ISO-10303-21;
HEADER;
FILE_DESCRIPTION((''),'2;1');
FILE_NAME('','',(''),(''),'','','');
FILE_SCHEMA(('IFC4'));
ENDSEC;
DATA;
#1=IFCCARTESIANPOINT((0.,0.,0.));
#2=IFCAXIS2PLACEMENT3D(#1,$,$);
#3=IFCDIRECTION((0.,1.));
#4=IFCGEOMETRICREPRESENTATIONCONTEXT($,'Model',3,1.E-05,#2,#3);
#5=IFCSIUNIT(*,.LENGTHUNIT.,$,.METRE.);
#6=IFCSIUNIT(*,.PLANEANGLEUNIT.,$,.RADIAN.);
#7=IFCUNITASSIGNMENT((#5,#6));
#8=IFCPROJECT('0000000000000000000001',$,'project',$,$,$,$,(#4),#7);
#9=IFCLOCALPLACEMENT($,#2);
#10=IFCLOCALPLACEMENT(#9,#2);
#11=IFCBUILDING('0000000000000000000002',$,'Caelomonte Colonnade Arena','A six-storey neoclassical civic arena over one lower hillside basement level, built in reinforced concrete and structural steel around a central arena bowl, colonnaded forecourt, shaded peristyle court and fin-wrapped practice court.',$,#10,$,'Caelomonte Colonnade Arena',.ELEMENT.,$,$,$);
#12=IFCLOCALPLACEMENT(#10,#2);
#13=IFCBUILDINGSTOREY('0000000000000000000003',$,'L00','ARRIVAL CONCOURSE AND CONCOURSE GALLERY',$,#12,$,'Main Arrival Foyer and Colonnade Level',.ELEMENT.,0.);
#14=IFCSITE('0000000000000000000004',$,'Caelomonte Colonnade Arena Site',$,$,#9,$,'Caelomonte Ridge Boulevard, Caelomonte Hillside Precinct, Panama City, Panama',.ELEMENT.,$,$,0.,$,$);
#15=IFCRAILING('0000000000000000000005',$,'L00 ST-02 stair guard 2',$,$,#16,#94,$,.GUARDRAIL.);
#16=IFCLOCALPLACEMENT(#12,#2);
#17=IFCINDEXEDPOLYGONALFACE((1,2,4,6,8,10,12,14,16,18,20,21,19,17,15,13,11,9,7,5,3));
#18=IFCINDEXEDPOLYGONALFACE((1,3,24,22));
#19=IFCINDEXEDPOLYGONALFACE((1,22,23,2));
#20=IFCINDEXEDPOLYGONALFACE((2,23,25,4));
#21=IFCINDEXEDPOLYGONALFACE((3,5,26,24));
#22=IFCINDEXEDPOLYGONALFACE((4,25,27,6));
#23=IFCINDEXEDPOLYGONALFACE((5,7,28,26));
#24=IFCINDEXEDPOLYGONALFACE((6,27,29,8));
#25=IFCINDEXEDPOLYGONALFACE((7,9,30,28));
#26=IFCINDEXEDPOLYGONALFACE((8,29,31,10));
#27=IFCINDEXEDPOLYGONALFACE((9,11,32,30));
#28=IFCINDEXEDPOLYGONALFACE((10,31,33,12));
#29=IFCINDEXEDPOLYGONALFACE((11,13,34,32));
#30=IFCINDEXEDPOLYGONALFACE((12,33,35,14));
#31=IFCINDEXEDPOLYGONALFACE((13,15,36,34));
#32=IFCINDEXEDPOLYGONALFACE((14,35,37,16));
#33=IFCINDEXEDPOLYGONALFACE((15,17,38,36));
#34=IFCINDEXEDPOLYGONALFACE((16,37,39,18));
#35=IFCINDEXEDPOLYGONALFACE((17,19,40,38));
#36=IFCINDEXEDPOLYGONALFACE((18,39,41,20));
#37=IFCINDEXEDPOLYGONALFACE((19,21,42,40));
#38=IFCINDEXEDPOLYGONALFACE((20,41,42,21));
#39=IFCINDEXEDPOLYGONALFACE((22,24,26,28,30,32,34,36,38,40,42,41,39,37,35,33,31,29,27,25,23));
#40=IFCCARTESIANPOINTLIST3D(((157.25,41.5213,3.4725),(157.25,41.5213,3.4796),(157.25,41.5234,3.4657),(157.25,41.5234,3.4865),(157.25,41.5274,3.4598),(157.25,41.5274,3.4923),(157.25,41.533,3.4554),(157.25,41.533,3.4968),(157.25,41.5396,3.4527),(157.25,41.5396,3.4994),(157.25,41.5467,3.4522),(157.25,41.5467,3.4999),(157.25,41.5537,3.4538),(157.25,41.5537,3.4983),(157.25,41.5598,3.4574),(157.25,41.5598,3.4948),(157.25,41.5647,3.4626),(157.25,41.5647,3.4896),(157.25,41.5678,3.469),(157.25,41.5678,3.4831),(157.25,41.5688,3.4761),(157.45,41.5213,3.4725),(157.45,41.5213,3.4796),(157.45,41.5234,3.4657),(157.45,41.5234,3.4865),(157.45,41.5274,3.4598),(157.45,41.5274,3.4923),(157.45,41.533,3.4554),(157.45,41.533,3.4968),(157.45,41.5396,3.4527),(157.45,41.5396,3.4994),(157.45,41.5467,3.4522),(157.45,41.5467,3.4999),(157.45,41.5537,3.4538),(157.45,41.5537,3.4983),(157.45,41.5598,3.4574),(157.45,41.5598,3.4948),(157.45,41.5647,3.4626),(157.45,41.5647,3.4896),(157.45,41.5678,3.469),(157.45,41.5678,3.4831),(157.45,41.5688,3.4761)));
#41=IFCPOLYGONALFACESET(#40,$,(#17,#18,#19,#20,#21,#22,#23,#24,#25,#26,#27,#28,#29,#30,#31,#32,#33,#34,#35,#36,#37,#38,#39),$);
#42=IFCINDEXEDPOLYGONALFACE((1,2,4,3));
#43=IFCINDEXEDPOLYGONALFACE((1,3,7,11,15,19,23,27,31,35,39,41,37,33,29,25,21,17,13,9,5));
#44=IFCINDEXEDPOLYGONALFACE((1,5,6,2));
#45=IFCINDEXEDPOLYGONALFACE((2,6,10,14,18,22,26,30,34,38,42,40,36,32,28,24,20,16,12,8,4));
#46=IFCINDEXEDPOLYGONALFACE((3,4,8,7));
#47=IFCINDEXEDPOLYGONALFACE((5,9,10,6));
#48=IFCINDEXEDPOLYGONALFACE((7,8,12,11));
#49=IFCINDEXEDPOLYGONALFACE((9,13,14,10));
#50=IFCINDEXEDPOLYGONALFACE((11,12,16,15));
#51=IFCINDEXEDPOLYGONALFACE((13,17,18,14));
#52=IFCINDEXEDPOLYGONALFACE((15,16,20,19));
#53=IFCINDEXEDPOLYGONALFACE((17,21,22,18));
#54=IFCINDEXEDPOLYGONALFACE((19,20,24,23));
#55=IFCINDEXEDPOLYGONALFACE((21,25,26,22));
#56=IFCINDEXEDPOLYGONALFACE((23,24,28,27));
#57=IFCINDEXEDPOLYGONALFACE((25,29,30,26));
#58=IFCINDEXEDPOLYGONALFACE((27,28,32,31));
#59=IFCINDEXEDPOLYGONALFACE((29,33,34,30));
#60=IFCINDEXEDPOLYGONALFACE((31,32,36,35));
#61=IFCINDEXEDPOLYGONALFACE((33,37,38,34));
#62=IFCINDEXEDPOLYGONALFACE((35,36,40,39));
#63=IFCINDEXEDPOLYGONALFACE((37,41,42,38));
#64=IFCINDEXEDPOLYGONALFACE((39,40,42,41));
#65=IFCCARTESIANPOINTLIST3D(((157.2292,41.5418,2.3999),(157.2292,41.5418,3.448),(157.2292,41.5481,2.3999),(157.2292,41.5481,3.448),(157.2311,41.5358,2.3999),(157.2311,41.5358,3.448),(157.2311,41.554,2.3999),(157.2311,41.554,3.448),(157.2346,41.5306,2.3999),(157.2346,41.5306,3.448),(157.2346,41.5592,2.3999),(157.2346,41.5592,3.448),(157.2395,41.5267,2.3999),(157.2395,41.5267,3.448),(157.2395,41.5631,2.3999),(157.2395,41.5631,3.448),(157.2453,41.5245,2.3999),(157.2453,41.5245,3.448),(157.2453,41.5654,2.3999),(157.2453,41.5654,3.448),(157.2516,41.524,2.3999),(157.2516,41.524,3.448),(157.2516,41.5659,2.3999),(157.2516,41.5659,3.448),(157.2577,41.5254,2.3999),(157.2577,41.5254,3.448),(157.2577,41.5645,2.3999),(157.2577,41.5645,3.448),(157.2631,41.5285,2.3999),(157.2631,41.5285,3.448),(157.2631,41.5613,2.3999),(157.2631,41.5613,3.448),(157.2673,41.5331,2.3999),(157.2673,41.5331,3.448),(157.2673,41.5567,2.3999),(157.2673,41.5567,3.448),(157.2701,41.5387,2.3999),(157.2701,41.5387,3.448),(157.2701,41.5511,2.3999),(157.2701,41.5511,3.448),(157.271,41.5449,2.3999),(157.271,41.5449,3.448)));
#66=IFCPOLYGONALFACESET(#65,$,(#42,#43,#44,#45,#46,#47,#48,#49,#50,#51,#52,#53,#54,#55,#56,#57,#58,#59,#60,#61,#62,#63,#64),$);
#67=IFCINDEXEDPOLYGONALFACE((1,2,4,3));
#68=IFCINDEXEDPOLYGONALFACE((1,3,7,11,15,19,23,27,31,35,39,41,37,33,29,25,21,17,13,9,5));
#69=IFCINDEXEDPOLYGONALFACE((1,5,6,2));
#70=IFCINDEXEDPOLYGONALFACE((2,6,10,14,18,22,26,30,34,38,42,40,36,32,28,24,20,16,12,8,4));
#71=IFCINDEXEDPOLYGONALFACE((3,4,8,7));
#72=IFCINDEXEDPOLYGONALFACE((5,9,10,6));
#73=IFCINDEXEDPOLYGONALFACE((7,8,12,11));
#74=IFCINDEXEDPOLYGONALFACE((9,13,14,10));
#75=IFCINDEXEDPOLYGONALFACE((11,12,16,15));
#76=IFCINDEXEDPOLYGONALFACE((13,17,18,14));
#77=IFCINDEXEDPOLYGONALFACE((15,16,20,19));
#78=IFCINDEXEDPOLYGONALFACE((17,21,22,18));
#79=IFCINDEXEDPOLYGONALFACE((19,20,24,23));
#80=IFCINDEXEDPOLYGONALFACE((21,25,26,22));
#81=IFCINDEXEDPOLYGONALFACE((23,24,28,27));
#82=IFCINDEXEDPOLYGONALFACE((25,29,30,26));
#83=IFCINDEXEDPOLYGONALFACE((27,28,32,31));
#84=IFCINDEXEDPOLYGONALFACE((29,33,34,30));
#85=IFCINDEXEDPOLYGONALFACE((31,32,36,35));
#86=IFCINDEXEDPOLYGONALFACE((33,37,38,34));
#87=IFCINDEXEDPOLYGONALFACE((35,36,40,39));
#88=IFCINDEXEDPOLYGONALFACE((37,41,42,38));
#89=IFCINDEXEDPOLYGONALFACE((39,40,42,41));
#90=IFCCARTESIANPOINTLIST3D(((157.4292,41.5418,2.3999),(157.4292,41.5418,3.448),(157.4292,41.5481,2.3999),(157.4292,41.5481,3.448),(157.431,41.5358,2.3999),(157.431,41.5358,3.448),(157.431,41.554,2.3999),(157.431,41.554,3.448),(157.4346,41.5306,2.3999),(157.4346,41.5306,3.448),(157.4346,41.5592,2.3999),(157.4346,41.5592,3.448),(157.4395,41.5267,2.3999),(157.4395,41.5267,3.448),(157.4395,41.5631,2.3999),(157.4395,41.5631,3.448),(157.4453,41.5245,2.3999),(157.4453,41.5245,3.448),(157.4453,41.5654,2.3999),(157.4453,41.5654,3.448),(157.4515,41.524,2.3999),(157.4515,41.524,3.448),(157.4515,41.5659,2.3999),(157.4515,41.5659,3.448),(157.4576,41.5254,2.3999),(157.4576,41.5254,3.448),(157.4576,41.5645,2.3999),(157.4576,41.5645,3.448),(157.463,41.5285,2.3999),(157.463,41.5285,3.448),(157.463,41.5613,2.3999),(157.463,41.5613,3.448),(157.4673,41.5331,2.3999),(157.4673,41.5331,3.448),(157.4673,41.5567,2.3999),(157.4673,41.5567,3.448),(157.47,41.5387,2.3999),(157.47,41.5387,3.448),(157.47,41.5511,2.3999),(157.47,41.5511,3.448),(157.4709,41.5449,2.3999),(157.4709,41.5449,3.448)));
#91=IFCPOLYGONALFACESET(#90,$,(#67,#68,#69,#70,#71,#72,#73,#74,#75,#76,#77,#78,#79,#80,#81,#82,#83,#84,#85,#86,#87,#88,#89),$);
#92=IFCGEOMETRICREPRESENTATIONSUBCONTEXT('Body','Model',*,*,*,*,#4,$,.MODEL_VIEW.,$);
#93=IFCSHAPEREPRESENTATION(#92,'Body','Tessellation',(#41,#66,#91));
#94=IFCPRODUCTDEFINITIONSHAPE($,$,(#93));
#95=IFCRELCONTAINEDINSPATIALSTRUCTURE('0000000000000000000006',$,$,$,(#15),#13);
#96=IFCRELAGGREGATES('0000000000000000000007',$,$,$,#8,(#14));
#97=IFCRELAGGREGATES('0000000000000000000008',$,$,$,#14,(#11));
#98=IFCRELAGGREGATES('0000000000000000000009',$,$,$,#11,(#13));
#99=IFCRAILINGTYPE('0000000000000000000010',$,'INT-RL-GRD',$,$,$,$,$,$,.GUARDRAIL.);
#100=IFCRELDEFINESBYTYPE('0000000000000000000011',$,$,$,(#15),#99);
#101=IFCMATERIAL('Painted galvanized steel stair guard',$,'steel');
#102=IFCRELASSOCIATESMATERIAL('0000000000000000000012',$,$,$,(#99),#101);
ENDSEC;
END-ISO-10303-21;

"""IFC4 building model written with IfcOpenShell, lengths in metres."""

from ifc_helpers import new_model, si_unit, direction, frame, origin, origin_2d, place, context, subcontext, project, spatial, circle, extrude, material, type_object, element, save


model = new_model("IFC4")

# Units and contexts
model_context = context("Model", 3, precision=1e-05, world=origin(), true_north=direction((0.0, 1.0)))
body_context = subcontext(model_context, "Body", "Model", "MODEL_VIEW")
ifc_project = project(units=[si_unit("LENGTHUNIT", "METRE"), si_unit("PLANEANGLEUNIT", "RADIAN")], contexts=[model_context])

# Site, building, storey
site_placement = place(None, origin())
site = spatial("IfcSite", under=ifc_project, at=site_placement, Name="Caelomonte Colonnade Arena Site", LongName="Caelomonte Ridge Boulevard, Caelomonte Hillside Precinct, Panama City, Panama", CompositionType="ELEMENT", RefElevation=0.0)
building_placement = place(site_placement, origin())
building = spatial("IfcBuilding", under=site, at=building_placement, Name="Caelomonte Colonnade Arena", Description="A six-storey neoclassical civic arena over one lower hillside basement level, built in reinforced concrete and structural steel around a central arena bowl, colonnaded forecourt, shaded peristyle court and fin-wrapped practice court.", LongName="Caelomonte Colonnade Arena", CompositionType="ELEMENT")
storey_placement = place(building_placement, origin())
storey = spatial("IfcBuildingStorey", under=building, at=storey_placement, Name="L00", Description="ARRIVAL CONCOURSE AND CONCOURSE GALLERY", LongName="Main Arrival Foyer and Colonnade Level", CompositionType="ELEMENT", Elevation=0.0)

# Railing
ifc_material_1 = material(Name="Painted galvanized steel stair guard", Category="steel")
railing_type_1 = type_object("IfcRailingType", Name="INT-RL-GRD", PredefinedType="GUARDRAIL", material=ifc_material_1)
railing_1_placement = place(storey_placement, frame((157.25, 41.5449, 2.3999)))
element("IfcRailing", 1, at=railing_1_placement, inside=storey, type_object=railing_type_1, Name="L00 ST-02 stair guard 2", PredefinedType="GUARDRAIL", context=body_context, shape_type="SweptSolid", body=[
    extrude(circle(Radius=0.0239, at=origin_2d()), frame((0.0, 0.0, 1.0762), z_axis=(1.0, 0.0, 0.0), x_axis=(0.0, 1.0, 0.0)), (0.0, 0.0, 1.0), 0.2),
    extrude(circle(Radius=0.021, at=origin_2d()), origin(), (0.0, 0.0, 1.0), 1.0481),
    extrude(circle(Radius=0.021, at=origin_2d()), frame((0.2, 0.0, 0.0)), (0.0, 0.0, 1.0), 1.0481),
])

save(model, "model.ifc")
